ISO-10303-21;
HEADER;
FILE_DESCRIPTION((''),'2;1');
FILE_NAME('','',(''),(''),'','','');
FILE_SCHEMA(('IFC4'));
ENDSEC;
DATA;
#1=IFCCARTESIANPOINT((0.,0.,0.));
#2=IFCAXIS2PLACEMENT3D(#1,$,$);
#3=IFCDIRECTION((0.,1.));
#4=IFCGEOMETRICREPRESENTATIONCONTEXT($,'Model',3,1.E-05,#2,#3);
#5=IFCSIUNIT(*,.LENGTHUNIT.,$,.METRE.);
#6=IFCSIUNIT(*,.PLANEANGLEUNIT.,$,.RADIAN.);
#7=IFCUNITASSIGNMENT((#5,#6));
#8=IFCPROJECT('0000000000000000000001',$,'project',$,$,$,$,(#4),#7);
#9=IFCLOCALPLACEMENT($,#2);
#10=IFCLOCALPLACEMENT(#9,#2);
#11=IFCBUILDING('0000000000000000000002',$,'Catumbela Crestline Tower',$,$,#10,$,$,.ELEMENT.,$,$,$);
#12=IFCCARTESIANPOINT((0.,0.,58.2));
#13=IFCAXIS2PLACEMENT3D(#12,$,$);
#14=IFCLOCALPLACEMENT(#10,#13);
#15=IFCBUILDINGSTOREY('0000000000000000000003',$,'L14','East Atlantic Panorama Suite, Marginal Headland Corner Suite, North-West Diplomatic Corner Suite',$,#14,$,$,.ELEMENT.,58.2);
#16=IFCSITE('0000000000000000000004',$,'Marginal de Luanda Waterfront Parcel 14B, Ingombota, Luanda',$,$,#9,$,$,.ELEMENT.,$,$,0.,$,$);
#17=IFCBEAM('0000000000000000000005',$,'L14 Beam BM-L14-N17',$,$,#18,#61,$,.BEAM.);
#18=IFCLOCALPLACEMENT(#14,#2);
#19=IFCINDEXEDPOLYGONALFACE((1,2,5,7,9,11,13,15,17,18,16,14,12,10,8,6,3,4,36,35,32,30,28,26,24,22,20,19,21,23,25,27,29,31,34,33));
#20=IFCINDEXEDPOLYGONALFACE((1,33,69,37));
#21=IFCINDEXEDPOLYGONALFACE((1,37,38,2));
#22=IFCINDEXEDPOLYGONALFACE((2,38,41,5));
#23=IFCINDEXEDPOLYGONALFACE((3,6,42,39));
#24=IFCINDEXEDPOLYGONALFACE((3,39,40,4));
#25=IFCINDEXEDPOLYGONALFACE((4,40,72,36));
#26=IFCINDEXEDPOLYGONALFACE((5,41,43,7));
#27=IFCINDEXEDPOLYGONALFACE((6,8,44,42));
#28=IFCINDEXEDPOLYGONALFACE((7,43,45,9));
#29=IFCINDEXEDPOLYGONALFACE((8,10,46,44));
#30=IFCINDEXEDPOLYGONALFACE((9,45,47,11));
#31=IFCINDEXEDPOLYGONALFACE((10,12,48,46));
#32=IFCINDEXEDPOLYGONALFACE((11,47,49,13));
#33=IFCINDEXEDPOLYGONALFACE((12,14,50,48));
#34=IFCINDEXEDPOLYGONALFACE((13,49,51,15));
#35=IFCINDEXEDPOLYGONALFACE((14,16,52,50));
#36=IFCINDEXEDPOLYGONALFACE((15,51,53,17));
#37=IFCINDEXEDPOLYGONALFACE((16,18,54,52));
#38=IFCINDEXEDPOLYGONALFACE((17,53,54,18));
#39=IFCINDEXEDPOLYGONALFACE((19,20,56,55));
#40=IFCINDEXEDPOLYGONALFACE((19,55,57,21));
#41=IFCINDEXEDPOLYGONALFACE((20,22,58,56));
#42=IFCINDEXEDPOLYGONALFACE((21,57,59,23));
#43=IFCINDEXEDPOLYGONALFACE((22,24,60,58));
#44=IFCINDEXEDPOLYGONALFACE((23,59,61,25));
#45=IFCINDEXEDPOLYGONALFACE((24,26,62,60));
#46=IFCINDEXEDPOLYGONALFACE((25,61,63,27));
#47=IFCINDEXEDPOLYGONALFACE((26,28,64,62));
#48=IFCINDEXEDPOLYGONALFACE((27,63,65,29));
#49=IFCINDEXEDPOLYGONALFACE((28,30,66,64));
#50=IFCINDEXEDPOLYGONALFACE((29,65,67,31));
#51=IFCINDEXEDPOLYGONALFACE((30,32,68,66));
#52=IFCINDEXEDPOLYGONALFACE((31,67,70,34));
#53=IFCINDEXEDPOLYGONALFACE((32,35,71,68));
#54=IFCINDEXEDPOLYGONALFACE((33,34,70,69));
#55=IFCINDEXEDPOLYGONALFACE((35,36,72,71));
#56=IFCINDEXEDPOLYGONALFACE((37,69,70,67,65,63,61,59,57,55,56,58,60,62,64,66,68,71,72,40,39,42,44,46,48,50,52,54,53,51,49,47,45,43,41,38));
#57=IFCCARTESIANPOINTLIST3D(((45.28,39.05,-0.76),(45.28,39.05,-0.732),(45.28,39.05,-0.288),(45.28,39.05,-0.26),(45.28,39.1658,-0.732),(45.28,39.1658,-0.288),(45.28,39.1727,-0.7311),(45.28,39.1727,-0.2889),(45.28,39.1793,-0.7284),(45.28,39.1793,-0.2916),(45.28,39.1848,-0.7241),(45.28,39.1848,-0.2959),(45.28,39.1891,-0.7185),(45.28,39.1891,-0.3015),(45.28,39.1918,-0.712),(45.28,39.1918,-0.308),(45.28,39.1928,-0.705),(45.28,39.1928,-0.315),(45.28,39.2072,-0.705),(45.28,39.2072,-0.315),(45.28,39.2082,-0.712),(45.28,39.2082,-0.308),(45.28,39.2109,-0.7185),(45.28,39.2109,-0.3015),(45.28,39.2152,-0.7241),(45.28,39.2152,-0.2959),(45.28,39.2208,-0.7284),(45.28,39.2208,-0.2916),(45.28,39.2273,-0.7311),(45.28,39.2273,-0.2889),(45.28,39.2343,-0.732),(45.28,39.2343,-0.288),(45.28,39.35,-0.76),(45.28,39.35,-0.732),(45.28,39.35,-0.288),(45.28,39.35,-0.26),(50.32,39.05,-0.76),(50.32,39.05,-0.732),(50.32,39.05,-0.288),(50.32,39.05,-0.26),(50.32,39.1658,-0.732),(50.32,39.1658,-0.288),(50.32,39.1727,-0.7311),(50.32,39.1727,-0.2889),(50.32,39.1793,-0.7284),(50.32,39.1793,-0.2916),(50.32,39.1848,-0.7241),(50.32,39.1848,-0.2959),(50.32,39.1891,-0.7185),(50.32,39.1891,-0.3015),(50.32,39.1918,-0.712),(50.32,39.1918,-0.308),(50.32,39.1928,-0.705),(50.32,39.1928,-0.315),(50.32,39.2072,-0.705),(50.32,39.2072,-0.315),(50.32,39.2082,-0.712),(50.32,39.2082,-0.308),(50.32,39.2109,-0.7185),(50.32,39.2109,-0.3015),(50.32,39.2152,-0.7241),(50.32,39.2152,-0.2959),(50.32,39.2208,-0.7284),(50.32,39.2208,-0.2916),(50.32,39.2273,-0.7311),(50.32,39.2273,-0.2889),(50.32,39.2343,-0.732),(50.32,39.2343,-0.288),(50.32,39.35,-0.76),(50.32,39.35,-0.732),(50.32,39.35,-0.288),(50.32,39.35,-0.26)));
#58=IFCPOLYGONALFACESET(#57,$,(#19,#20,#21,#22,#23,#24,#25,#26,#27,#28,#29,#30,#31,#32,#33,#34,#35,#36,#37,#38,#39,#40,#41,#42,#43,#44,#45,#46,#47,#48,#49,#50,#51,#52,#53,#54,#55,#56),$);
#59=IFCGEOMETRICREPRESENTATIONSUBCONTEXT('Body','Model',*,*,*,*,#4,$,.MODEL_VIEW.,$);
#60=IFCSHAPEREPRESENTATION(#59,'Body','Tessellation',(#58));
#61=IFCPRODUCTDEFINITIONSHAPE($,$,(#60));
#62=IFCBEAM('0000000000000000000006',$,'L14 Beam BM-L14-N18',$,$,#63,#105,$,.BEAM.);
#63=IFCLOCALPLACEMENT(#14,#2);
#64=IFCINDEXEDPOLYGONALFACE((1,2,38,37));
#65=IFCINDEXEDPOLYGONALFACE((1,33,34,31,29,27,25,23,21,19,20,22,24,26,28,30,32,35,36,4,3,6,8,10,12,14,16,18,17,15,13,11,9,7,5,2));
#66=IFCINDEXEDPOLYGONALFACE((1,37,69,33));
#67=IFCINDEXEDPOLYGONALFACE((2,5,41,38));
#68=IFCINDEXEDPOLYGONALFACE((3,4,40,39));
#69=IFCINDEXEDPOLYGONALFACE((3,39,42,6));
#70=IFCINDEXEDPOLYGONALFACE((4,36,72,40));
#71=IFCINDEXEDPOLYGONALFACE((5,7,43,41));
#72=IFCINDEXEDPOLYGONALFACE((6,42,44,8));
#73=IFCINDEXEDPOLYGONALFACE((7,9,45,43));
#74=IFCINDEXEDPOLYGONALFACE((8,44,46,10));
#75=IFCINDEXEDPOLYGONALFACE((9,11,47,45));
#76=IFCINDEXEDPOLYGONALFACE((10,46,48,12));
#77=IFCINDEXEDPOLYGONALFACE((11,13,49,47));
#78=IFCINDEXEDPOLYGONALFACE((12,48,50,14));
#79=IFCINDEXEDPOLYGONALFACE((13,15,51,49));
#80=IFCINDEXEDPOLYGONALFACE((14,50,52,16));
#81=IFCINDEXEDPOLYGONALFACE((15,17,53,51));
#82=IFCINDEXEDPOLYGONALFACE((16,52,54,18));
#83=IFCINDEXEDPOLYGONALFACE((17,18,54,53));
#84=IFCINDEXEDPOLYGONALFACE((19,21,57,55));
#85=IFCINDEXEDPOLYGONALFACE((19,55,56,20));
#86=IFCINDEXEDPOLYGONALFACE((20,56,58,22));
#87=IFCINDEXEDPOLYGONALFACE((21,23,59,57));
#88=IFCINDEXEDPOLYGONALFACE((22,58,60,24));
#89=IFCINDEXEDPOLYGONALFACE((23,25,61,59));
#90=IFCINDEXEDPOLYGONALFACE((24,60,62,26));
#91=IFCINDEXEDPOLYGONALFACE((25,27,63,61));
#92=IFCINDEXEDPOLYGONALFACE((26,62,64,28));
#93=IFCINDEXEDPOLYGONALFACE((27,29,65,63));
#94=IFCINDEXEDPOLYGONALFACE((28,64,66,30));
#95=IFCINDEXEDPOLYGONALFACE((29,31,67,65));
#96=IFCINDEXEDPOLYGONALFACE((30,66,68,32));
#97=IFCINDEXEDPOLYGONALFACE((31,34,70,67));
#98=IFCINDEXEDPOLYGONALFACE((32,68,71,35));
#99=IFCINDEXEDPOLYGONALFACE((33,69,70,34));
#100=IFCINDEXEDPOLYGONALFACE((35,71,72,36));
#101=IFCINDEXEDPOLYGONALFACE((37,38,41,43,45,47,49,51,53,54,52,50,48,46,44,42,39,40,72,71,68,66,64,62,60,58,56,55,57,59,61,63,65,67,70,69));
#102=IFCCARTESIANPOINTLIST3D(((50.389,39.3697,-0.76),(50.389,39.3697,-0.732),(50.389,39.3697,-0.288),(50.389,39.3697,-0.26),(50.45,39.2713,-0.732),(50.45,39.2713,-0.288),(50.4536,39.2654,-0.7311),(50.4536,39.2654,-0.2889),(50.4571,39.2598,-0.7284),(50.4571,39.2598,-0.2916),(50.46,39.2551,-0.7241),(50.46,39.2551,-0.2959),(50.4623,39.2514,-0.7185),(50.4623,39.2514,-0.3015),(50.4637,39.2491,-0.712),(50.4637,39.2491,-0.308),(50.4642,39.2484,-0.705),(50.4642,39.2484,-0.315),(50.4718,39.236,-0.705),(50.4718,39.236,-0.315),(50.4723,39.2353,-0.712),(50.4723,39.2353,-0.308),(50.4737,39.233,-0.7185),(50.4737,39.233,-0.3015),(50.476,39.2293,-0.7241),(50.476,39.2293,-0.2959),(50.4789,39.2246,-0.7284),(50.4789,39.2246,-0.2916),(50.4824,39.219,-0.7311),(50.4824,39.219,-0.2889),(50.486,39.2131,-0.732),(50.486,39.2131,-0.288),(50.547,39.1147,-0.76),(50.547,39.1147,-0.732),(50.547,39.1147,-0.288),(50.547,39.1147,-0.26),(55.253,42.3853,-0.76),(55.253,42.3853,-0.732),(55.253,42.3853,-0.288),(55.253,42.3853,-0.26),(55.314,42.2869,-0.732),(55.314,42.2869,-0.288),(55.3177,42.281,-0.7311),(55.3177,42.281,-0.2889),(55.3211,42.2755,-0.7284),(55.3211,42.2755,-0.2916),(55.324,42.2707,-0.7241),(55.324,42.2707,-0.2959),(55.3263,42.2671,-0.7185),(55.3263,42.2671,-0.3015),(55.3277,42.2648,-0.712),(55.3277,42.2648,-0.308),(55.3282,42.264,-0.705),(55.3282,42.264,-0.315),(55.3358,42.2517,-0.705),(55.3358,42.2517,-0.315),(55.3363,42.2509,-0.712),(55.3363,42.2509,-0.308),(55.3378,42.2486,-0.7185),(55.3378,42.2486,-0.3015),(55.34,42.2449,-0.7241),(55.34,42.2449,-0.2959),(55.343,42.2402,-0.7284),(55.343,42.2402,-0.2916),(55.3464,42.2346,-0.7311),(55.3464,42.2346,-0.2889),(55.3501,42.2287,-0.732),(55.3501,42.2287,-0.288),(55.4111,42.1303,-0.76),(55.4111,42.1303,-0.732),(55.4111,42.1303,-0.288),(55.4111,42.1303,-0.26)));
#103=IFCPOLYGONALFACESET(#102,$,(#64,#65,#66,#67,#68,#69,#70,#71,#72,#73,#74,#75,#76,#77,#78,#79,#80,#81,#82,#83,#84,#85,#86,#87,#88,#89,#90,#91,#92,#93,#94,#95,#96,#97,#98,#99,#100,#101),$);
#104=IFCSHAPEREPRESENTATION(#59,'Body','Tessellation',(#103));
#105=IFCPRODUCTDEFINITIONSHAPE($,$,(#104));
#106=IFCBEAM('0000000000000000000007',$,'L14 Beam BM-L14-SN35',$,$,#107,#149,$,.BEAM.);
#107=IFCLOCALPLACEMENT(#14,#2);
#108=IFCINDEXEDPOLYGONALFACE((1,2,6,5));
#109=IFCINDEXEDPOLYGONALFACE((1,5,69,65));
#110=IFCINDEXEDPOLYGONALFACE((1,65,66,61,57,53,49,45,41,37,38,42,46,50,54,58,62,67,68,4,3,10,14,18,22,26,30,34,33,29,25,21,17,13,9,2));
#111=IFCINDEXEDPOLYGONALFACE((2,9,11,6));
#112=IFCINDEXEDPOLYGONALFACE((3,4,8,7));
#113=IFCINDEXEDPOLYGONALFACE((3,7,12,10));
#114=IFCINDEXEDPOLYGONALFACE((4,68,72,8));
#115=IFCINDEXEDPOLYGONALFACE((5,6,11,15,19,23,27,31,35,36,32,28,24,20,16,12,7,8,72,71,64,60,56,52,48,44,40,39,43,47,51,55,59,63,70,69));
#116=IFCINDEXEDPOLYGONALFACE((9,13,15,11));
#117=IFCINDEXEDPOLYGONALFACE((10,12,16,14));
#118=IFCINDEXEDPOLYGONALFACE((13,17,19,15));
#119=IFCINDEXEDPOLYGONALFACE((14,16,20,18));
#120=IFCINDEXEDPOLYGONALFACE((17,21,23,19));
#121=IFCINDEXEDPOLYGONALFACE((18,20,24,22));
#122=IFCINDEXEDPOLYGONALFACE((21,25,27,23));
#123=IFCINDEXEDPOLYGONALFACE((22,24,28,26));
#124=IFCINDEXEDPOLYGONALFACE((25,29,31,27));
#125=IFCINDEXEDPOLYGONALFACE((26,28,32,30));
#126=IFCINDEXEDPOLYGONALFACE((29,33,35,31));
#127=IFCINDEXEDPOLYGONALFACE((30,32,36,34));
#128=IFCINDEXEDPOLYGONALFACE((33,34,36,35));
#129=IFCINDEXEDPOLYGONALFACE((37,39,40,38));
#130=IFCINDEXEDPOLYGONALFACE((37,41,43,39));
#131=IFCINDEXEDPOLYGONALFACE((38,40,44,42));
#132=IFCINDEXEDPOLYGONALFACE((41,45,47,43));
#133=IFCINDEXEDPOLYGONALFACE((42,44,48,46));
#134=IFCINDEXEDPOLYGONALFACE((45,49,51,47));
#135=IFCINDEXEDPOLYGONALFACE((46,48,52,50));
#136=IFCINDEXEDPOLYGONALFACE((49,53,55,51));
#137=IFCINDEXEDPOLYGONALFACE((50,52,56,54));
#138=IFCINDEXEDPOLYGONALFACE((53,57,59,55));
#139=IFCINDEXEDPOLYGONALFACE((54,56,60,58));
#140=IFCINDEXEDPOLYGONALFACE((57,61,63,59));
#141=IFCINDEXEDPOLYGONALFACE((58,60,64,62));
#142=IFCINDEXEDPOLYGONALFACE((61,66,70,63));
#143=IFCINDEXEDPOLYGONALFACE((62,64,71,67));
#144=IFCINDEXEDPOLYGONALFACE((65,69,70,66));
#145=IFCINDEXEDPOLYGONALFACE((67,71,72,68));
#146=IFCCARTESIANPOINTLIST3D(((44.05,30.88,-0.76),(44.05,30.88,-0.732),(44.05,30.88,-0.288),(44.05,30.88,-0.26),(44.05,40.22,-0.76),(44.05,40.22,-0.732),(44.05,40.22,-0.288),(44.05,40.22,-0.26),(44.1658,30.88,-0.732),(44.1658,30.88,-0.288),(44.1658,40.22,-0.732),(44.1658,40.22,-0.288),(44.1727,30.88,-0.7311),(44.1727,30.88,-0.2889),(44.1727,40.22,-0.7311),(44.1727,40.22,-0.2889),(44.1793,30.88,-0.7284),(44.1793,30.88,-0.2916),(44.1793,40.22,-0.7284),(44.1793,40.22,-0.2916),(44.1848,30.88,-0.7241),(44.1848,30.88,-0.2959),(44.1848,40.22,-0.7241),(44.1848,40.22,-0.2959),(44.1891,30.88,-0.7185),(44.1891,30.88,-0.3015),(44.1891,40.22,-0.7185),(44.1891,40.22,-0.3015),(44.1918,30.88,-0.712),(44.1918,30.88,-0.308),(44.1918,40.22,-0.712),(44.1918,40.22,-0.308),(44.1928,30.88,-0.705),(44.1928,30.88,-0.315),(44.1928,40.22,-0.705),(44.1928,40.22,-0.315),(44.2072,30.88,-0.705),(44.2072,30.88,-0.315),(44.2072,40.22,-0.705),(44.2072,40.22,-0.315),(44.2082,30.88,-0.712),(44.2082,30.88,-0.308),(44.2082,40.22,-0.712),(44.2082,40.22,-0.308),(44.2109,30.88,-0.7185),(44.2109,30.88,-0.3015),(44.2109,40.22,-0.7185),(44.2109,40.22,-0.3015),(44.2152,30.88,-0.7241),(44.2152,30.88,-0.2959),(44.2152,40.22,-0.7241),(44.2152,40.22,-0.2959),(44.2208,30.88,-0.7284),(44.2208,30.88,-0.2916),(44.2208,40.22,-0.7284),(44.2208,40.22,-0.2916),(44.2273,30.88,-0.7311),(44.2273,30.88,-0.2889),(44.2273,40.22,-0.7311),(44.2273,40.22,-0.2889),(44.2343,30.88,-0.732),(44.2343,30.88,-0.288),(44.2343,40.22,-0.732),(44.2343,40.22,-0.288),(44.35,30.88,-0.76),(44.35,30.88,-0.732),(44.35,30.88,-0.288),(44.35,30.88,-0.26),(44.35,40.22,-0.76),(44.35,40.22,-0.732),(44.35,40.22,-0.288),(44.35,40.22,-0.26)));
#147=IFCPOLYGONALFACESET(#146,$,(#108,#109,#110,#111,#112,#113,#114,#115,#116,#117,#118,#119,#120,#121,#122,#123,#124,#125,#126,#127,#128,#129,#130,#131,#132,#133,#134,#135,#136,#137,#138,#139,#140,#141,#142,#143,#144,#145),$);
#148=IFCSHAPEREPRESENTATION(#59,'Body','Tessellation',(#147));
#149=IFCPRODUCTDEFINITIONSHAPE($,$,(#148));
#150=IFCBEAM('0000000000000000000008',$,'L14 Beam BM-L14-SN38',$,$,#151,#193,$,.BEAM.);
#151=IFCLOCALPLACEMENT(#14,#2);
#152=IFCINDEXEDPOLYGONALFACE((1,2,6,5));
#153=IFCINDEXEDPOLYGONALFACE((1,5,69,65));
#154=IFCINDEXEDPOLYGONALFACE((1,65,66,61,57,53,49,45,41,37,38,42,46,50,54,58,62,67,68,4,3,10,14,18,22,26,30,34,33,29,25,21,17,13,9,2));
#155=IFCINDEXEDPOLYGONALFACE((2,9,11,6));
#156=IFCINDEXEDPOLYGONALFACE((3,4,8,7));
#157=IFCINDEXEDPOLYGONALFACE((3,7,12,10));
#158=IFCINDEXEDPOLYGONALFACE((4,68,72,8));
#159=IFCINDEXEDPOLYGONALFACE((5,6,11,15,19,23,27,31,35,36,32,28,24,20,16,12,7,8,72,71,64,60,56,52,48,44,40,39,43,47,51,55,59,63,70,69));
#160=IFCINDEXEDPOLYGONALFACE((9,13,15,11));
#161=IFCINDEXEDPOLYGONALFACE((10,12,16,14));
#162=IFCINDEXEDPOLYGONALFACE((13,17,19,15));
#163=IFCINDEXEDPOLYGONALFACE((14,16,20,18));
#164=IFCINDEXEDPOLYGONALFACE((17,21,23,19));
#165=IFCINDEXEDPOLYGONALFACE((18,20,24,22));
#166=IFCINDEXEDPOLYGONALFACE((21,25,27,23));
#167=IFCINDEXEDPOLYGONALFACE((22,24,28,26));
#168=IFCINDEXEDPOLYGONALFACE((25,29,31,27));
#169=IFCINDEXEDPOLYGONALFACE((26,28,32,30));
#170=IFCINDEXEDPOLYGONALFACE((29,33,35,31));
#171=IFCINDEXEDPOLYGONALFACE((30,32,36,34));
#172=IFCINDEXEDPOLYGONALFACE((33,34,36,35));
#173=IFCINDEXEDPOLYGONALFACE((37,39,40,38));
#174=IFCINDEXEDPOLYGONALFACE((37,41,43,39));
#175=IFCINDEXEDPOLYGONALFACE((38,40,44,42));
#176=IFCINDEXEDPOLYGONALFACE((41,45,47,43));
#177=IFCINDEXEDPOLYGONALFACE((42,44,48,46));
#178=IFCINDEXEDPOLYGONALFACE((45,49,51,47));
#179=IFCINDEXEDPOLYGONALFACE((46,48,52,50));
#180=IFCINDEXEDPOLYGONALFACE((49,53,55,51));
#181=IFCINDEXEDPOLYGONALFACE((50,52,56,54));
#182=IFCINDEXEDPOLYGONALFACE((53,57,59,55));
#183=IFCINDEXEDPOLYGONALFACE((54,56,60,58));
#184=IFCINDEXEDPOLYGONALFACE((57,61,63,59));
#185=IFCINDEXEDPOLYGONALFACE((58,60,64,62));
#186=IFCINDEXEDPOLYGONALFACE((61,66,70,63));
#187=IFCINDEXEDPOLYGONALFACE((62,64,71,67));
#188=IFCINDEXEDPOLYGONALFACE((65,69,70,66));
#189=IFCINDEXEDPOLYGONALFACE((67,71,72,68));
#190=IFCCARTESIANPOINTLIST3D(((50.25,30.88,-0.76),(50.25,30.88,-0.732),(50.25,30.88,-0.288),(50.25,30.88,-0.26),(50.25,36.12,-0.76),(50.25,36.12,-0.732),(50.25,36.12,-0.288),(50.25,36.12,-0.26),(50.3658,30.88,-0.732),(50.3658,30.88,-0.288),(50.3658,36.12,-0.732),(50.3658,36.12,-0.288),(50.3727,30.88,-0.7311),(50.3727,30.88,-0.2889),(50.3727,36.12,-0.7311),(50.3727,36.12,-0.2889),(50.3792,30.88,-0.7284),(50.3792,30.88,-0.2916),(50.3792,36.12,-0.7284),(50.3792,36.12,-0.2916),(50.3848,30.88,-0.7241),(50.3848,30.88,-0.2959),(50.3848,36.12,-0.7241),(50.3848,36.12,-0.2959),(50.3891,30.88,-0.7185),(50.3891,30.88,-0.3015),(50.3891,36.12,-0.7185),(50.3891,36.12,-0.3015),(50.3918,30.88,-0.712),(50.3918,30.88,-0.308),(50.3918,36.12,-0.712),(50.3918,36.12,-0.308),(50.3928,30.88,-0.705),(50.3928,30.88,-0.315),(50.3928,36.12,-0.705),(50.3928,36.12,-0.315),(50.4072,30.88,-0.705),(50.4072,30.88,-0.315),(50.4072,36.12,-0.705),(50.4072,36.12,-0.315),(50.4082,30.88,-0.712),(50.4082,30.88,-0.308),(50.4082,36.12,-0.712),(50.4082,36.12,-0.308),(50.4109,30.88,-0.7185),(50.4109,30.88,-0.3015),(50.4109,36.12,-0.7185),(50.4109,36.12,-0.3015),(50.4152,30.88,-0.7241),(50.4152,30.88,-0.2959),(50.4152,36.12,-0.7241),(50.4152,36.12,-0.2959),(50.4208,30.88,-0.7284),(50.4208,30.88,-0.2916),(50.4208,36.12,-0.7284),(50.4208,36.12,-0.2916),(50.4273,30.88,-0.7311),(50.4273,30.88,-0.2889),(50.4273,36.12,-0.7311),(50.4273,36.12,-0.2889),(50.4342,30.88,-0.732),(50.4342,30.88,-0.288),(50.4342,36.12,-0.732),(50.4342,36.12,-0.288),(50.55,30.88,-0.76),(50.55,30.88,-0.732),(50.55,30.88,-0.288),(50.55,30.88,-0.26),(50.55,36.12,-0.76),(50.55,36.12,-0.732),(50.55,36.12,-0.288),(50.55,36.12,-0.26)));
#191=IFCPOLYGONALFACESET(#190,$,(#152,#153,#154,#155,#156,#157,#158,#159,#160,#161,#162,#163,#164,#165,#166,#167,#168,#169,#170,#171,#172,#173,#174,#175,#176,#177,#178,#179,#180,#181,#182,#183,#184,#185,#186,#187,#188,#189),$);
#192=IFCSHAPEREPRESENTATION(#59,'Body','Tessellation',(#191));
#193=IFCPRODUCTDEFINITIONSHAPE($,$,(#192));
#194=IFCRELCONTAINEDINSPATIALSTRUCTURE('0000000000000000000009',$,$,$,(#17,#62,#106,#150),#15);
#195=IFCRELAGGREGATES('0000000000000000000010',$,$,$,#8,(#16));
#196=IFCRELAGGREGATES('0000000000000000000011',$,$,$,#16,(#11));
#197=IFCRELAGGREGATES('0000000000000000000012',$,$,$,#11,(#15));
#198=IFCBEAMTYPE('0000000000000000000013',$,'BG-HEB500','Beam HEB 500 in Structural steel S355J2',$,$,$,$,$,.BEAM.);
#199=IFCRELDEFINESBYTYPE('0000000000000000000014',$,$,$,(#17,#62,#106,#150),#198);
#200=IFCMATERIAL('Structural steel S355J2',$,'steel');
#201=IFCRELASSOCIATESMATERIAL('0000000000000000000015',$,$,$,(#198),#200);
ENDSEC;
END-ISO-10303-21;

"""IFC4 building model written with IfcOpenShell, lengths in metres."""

from ifc_helpers import new_model, si_unit, direction, frame, origin, origin_2d, place, context, subcontext, project, spatial, i_section, extrude, material, material_profile, profile_set, type_object, element, save


model = new_model("IFC4")

# Units and contexts
model_context = context("Model", 3, precision=1e-05, world=origin(), true_north=direction((0.0, 1.0)))
body_context = subcontext(model_context, "Body", "Model", "MODEL_VIEW")
ifc_project = project(units=[si_unit("LENGTHUNIT", "METRE"), si_unit("PLANEANGLEUNIT", "RADIAN")], contexts=[model_context])

# Site, building, storey
site_placement = place(None, origin())
site = spatial("IfcSite", under=ifc_project, at=site_placement, Name="Marginal de Luanda Waterfront Parcel 14B, Ingombota, Luanda", CompositionType="ELEMENT", RefElevation=0.0)
building_placement = place(site_placement, origin())
building = spatial("IfcBuilding", under=site, at=building_placement, Name="Catumbela Crestline Tower", CompositionType="ELEMENT")
storey_placement = place(building_placement, frame((0.0, 0.0, 58.2)))
storey = spatial("IfcBuildingStorey", under=building, at=storey_placement, Name="L14", Description="East Atlantic Panorama Suite, Marginal Headland Corner Suite, North-West Diplomatic Corner Suite", CompositionType="ELEMENT", Elevation=58.2)

# Beams
ifc_material_1 = material(Name="Structural steel S355J2", Category="steel")
ifc_material_profile_1 = material_profile(ifc_material_1, i_section(OverallWidth=0.3, OverallDepth=0.5, WebThickness=0.0145, FlangeThickness=0.028, FilletRadius=0.027, at=origin_2d()), Name="HEB 500")
ifc_profile_set_1 = profile_set([ifc_material_profile_1], Name="Structural steel S355J2")
beam_type_1 = type_object("IfcBeamType", Name="BG-HEB500", Description="Beam HEB 500 in Structural steel S355J2", PredefinedType="BEAM", material=ifc_profile_set_1)
beam_1_placement = place(storey_placement, frame((45.28, 39.2, -0.51), z_axis=(1.0, 0.0, 0.0), x_axis=(0.0, 1.0, 0.0)))
element("IfcBeam", 1, at=beam_1_placement, inside=storey, type_object=beam_type_1, Name="L14 Beam BM-L14-N17", PredefinedType="BEAM", context=body_context, shape_type="SweptSolid", body=[
    extrude(i_section(OverallWidth=0.3, OverallDepth=0.5, WebThickness=0.0145, FlangeThickness=0.028, FilletRadius=0.027, at=origin_2d()), origin(), (0.0, 0.0, 1.0), 5.04),
])
beam_2_placement = place(storey_placement, frame((50.468, 39.2422, -0.51), z_axis=(0.849909, 0.52693, 0.0), x_axis=(-0.52693, 0.849909, 0.0)))
element("IfcBeam", 2, at=beam_2_placement, inside=storey, type_object=beam_type_1, Name="L14 Beam BM-L14-N18", PredefinedType="BEAM", context=body_context, shape_type="SweptSolid", body=[
    extrude(i_section(OverallWidth=0.3, OverallDepth=0.5, WebThickness=0.0145, FlangeThickness=0.028, FilletRadius=0.027, at=origin_2d()), origin(), (0.0, 0.0, 1.0), 5.723),
])
beam_3_placement = place(storey_placement, frame((44.2, 30.88, -0.51), z_axis=(0.0, 1.0, 0.0), x_axis=(-1.0, 0.0, 0.0)))
element("IfcBeam", 3, at=beam_3_placement, inside=storey, type_object=beam_type_1, Name="L14 Beam BM-L14-SN35", PredefinedType="BEAM", context=body_context, shape_type="SweptSolid", body=[
    extrude(i_section(OverallWidth=0.3, OverallDepth=0.5, WebThickness=0.0145, FlangeThickness=0.028, FilletRadius=0.027, at=origin_2d()), origin(), (0.0, 0.0, 1.0), 9.34),
])
beam_4_placement = place(storey_placement, frame((50.4, 30.88, -0.51), z_axis=(0.0, 1.0, 0.0), x_axis=(-1.0, 0.0, 0.0)))
element("IfcBeam", 4, at=beam_4_placement, inside=storey, type_object=beam_type_1, Name="L14 Beam BM-L14-SN38", PredefinedType="BEAM", context=body_context, shape_type="SweptSolid", body=[
    extrude(i_section(OverallWidth=0.3, OverallDepth=0.5, WebThickness=0.0145, FlangeThickness=0.028, FilletRadius=0.027, at=origin_2d()), origin(), (0.0, 0.0, 1.0), 5.24),
])

save(model, "model.ifc")
